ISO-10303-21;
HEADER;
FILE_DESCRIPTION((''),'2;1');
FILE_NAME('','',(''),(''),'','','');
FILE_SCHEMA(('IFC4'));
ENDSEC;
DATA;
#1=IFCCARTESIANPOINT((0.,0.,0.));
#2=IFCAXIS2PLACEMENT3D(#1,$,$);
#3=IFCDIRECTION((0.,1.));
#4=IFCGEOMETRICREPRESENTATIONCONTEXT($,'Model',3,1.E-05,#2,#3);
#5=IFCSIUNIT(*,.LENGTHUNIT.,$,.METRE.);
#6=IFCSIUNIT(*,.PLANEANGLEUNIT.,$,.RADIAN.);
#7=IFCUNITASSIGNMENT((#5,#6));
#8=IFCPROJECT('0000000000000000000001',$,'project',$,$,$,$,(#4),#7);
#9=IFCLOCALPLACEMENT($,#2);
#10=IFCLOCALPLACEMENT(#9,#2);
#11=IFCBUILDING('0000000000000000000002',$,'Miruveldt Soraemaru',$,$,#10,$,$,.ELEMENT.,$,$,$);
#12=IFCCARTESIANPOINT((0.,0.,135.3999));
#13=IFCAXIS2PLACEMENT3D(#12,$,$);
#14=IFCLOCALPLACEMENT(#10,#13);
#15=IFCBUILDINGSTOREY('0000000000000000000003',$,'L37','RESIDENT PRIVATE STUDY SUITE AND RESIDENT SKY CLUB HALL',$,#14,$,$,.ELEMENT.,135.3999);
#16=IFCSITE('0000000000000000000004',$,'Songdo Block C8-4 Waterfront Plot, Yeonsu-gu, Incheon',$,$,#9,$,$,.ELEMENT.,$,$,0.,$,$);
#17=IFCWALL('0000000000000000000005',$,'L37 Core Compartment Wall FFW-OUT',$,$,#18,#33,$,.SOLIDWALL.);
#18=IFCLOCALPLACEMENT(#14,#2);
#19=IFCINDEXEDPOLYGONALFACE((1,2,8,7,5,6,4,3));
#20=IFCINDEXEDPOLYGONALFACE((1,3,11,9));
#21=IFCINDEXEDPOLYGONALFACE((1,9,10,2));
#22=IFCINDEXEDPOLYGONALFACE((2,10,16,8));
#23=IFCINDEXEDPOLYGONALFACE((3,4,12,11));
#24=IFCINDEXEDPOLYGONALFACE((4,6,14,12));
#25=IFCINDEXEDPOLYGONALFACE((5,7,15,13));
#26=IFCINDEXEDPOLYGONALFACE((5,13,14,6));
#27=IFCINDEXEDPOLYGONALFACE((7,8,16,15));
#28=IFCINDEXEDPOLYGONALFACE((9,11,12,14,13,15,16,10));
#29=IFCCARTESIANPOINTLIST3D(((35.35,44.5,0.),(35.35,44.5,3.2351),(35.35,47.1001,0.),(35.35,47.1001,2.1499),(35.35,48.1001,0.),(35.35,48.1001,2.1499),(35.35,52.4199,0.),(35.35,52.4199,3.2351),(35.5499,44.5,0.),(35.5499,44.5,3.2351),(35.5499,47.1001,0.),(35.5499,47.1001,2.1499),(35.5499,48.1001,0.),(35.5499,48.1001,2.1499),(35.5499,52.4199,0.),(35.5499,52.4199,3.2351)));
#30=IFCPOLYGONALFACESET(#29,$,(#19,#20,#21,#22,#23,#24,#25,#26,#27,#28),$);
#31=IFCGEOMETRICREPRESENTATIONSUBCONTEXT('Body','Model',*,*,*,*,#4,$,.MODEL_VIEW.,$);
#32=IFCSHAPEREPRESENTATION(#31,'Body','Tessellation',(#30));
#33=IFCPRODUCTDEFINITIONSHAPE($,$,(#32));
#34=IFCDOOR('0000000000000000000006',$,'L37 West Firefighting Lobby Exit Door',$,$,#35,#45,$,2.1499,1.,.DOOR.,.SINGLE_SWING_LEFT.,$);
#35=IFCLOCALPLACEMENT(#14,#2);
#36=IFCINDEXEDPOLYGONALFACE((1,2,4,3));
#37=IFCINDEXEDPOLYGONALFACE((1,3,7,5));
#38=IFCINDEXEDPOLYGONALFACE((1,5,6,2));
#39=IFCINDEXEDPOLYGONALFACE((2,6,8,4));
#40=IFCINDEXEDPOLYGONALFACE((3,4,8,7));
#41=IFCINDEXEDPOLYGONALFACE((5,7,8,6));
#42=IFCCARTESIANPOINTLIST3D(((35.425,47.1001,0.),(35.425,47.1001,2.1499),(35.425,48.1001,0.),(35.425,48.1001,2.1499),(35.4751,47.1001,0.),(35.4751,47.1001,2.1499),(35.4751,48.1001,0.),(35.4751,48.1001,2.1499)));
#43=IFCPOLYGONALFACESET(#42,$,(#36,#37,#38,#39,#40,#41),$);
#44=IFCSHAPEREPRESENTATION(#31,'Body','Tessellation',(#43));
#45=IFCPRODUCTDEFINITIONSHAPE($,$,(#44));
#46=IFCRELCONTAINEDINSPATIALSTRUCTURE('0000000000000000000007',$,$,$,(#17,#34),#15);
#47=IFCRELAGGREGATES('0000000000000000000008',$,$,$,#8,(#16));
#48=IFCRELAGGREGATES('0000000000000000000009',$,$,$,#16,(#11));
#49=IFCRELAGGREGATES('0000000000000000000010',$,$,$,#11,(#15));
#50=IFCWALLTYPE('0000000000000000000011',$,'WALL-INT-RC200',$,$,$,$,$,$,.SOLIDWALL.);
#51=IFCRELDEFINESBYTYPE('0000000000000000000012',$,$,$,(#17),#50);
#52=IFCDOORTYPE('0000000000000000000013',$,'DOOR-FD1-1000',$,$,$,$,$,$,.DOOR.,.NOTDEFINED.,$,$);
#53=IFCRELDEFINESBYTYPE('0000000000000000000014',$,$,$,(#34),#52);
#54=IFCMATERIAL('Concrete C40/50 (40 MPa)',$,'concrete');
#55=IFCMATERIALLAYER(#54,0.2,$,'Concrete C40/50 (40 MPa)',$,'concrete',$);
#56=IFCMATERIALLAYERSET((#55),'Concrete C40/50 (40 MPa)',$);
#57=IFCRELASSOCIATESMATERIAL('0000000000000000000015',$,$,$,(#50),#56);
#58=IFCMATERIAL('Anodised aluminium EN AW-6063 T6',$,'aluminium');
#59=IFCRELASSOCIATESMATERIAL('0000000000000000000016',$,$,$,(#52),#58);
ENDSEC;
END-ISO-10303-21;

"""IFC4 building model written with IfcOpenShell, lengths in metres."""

from ifc_helpers import new_model, si_unit, direction, frame, frame_2d, origin, place, context, subcontext, project, spatial, rectangle, extrude, material, layer, layer_set, type_object, element, fill, save


model = new_model("IFC4")

# Units and contexts
model_context = context("Model", 3, precision=1e-05, world=origin(), true_north=direction((0.0, 1.0)))
body_context = subcontext(model_context, "Body", "Model", "MODEL_VIEW")
ifc_project = project(units=[si_unit("LENGTHUNIT", "METRE"), si_unit("PLANEANGLEUNIT", "RADIAN")], contexts=[model_context])

# Site, building, storey
site_placement = place(None, origin())
site = spatial("IfcSite", under=ifc_project, at=site_placement, Name="Songdo Block C8-4 Waterfront Plot, Yeonsu-gu, Incheon", CompositionType="ELEMENT", RefElevation=0.0)
building_placement = place(site_placement, origin())
building = spatial("IfcBuilding", under=site, at=building_placement, Name="Miruveldt Soraemaru", CompositionType="ELEMENT")
storey_placement = place(building_placement, frame((0.0, 0.0, 135.3999)))
storey = spatial("IfcBuildingStorey", under=building, at=storey_placement, Name="L37", Description="RESIDENT PRIVATE STUDY SUITE AND RESIDENT SKY CLUB HALL", CompositionType="ELEMENT", Elevation=135.3999)

# Shared definitions
ifc_material_1 = material(Name="Concrete C40/50 (40 MPa)", Category="concrete")

# Shared definitions
ifc_material_2 = material(Name="Anodised aluminium EN AW-6063 T6", Category="aluminium")

# Wall, opening, door
ifc_layer_1 = layer(ifc_material_1, 0.2, Name="Concrete C40/50 (40 MPa)", Category="concrete")
ifc_layer_set_1 = layer_set([ifc_layer_1], Name="Concrete C40/50 (40 MPa)")
wall_type_1 = type_object("IfcWallType", Name="WALL-INT-RC200", PredefinedType="SOLIDWALL", material=ifc_layer_set_1)
wall_1_placement = place(storey_placement, frame((35.45, 44.5, 0.0), z_axis=(0.0, 0.0, 1.0), x_axis=(0.0, 1.0, 0.0)))
wall_1 = element("IfcWall", 1, at=wall_1_placement, inside=storey, type_object=wall_type_1, Name="L37 Core Compartment Wall FFW-OUT", PredefinedType="SOLIDWALL", context=body_context, shape_type="SweptSolid", body=[
    extrude(rectangle(XDim=7.9199, YDim=0.2, at=frame_2d((3.96, 0.0))), origin(), (0.0, 0.0, 1.0), 3.2351),
])
opening_1_placement = place(wall_1_placement, frame((2.6001, 0.0, 0.0)))
opening_1 = element("IfcOpeningElement", 2, at=opening_1_placement, cuts=wall_1, PredefinedType="OPENING", context=body_context, shape_type="SweptSolid", body=[
    extrude(rectangle(XDim=1.0, YDim=2.1499, at=frame_2d((0.5, 1.075))), frame((0.0, 0.1099, 0.0), z_axis=(0.0, -1.0, 0.0), x_axis=(1.0, 0.0, 0.0)), (0.0, 0.0, 1.0), 0.22),
])
door_type_1 = type_object("IfcDoorType", Name="DOOR-FD1-1000", OperationType="NOTDEFINED", PredefinedType="DOOR", material=ifc_material_2)
door_1_placement = place(opening_1_placement, origin())
door_1 = element("IfcDoor", 3, at=door_1_placement, inside=storey, type_object=door_type_1, Name="L37 West Firefighting Lobby Exit Door", OperationType="SINGLE_SWING_LEFT", OverallHeight=2.1499, OverallWidth=1.0, PredefinedType="DOOR", context=body_context, shape_type="SweptSolid", body=[
    extrude(rectangle(XDim=1.0, YDim=2.1499, at=frame_2d((0.5, 1.075))), frame((0.0, 0.0249, 0.0), z_axis=(0.0, -1.0, 0.0), x_axis=(1.0, 0.0, 0.0)), (0.0, 0.0, 1.0), 0.05),
])
fill(opening_1, door_1)

save(model, "model.ifc")
